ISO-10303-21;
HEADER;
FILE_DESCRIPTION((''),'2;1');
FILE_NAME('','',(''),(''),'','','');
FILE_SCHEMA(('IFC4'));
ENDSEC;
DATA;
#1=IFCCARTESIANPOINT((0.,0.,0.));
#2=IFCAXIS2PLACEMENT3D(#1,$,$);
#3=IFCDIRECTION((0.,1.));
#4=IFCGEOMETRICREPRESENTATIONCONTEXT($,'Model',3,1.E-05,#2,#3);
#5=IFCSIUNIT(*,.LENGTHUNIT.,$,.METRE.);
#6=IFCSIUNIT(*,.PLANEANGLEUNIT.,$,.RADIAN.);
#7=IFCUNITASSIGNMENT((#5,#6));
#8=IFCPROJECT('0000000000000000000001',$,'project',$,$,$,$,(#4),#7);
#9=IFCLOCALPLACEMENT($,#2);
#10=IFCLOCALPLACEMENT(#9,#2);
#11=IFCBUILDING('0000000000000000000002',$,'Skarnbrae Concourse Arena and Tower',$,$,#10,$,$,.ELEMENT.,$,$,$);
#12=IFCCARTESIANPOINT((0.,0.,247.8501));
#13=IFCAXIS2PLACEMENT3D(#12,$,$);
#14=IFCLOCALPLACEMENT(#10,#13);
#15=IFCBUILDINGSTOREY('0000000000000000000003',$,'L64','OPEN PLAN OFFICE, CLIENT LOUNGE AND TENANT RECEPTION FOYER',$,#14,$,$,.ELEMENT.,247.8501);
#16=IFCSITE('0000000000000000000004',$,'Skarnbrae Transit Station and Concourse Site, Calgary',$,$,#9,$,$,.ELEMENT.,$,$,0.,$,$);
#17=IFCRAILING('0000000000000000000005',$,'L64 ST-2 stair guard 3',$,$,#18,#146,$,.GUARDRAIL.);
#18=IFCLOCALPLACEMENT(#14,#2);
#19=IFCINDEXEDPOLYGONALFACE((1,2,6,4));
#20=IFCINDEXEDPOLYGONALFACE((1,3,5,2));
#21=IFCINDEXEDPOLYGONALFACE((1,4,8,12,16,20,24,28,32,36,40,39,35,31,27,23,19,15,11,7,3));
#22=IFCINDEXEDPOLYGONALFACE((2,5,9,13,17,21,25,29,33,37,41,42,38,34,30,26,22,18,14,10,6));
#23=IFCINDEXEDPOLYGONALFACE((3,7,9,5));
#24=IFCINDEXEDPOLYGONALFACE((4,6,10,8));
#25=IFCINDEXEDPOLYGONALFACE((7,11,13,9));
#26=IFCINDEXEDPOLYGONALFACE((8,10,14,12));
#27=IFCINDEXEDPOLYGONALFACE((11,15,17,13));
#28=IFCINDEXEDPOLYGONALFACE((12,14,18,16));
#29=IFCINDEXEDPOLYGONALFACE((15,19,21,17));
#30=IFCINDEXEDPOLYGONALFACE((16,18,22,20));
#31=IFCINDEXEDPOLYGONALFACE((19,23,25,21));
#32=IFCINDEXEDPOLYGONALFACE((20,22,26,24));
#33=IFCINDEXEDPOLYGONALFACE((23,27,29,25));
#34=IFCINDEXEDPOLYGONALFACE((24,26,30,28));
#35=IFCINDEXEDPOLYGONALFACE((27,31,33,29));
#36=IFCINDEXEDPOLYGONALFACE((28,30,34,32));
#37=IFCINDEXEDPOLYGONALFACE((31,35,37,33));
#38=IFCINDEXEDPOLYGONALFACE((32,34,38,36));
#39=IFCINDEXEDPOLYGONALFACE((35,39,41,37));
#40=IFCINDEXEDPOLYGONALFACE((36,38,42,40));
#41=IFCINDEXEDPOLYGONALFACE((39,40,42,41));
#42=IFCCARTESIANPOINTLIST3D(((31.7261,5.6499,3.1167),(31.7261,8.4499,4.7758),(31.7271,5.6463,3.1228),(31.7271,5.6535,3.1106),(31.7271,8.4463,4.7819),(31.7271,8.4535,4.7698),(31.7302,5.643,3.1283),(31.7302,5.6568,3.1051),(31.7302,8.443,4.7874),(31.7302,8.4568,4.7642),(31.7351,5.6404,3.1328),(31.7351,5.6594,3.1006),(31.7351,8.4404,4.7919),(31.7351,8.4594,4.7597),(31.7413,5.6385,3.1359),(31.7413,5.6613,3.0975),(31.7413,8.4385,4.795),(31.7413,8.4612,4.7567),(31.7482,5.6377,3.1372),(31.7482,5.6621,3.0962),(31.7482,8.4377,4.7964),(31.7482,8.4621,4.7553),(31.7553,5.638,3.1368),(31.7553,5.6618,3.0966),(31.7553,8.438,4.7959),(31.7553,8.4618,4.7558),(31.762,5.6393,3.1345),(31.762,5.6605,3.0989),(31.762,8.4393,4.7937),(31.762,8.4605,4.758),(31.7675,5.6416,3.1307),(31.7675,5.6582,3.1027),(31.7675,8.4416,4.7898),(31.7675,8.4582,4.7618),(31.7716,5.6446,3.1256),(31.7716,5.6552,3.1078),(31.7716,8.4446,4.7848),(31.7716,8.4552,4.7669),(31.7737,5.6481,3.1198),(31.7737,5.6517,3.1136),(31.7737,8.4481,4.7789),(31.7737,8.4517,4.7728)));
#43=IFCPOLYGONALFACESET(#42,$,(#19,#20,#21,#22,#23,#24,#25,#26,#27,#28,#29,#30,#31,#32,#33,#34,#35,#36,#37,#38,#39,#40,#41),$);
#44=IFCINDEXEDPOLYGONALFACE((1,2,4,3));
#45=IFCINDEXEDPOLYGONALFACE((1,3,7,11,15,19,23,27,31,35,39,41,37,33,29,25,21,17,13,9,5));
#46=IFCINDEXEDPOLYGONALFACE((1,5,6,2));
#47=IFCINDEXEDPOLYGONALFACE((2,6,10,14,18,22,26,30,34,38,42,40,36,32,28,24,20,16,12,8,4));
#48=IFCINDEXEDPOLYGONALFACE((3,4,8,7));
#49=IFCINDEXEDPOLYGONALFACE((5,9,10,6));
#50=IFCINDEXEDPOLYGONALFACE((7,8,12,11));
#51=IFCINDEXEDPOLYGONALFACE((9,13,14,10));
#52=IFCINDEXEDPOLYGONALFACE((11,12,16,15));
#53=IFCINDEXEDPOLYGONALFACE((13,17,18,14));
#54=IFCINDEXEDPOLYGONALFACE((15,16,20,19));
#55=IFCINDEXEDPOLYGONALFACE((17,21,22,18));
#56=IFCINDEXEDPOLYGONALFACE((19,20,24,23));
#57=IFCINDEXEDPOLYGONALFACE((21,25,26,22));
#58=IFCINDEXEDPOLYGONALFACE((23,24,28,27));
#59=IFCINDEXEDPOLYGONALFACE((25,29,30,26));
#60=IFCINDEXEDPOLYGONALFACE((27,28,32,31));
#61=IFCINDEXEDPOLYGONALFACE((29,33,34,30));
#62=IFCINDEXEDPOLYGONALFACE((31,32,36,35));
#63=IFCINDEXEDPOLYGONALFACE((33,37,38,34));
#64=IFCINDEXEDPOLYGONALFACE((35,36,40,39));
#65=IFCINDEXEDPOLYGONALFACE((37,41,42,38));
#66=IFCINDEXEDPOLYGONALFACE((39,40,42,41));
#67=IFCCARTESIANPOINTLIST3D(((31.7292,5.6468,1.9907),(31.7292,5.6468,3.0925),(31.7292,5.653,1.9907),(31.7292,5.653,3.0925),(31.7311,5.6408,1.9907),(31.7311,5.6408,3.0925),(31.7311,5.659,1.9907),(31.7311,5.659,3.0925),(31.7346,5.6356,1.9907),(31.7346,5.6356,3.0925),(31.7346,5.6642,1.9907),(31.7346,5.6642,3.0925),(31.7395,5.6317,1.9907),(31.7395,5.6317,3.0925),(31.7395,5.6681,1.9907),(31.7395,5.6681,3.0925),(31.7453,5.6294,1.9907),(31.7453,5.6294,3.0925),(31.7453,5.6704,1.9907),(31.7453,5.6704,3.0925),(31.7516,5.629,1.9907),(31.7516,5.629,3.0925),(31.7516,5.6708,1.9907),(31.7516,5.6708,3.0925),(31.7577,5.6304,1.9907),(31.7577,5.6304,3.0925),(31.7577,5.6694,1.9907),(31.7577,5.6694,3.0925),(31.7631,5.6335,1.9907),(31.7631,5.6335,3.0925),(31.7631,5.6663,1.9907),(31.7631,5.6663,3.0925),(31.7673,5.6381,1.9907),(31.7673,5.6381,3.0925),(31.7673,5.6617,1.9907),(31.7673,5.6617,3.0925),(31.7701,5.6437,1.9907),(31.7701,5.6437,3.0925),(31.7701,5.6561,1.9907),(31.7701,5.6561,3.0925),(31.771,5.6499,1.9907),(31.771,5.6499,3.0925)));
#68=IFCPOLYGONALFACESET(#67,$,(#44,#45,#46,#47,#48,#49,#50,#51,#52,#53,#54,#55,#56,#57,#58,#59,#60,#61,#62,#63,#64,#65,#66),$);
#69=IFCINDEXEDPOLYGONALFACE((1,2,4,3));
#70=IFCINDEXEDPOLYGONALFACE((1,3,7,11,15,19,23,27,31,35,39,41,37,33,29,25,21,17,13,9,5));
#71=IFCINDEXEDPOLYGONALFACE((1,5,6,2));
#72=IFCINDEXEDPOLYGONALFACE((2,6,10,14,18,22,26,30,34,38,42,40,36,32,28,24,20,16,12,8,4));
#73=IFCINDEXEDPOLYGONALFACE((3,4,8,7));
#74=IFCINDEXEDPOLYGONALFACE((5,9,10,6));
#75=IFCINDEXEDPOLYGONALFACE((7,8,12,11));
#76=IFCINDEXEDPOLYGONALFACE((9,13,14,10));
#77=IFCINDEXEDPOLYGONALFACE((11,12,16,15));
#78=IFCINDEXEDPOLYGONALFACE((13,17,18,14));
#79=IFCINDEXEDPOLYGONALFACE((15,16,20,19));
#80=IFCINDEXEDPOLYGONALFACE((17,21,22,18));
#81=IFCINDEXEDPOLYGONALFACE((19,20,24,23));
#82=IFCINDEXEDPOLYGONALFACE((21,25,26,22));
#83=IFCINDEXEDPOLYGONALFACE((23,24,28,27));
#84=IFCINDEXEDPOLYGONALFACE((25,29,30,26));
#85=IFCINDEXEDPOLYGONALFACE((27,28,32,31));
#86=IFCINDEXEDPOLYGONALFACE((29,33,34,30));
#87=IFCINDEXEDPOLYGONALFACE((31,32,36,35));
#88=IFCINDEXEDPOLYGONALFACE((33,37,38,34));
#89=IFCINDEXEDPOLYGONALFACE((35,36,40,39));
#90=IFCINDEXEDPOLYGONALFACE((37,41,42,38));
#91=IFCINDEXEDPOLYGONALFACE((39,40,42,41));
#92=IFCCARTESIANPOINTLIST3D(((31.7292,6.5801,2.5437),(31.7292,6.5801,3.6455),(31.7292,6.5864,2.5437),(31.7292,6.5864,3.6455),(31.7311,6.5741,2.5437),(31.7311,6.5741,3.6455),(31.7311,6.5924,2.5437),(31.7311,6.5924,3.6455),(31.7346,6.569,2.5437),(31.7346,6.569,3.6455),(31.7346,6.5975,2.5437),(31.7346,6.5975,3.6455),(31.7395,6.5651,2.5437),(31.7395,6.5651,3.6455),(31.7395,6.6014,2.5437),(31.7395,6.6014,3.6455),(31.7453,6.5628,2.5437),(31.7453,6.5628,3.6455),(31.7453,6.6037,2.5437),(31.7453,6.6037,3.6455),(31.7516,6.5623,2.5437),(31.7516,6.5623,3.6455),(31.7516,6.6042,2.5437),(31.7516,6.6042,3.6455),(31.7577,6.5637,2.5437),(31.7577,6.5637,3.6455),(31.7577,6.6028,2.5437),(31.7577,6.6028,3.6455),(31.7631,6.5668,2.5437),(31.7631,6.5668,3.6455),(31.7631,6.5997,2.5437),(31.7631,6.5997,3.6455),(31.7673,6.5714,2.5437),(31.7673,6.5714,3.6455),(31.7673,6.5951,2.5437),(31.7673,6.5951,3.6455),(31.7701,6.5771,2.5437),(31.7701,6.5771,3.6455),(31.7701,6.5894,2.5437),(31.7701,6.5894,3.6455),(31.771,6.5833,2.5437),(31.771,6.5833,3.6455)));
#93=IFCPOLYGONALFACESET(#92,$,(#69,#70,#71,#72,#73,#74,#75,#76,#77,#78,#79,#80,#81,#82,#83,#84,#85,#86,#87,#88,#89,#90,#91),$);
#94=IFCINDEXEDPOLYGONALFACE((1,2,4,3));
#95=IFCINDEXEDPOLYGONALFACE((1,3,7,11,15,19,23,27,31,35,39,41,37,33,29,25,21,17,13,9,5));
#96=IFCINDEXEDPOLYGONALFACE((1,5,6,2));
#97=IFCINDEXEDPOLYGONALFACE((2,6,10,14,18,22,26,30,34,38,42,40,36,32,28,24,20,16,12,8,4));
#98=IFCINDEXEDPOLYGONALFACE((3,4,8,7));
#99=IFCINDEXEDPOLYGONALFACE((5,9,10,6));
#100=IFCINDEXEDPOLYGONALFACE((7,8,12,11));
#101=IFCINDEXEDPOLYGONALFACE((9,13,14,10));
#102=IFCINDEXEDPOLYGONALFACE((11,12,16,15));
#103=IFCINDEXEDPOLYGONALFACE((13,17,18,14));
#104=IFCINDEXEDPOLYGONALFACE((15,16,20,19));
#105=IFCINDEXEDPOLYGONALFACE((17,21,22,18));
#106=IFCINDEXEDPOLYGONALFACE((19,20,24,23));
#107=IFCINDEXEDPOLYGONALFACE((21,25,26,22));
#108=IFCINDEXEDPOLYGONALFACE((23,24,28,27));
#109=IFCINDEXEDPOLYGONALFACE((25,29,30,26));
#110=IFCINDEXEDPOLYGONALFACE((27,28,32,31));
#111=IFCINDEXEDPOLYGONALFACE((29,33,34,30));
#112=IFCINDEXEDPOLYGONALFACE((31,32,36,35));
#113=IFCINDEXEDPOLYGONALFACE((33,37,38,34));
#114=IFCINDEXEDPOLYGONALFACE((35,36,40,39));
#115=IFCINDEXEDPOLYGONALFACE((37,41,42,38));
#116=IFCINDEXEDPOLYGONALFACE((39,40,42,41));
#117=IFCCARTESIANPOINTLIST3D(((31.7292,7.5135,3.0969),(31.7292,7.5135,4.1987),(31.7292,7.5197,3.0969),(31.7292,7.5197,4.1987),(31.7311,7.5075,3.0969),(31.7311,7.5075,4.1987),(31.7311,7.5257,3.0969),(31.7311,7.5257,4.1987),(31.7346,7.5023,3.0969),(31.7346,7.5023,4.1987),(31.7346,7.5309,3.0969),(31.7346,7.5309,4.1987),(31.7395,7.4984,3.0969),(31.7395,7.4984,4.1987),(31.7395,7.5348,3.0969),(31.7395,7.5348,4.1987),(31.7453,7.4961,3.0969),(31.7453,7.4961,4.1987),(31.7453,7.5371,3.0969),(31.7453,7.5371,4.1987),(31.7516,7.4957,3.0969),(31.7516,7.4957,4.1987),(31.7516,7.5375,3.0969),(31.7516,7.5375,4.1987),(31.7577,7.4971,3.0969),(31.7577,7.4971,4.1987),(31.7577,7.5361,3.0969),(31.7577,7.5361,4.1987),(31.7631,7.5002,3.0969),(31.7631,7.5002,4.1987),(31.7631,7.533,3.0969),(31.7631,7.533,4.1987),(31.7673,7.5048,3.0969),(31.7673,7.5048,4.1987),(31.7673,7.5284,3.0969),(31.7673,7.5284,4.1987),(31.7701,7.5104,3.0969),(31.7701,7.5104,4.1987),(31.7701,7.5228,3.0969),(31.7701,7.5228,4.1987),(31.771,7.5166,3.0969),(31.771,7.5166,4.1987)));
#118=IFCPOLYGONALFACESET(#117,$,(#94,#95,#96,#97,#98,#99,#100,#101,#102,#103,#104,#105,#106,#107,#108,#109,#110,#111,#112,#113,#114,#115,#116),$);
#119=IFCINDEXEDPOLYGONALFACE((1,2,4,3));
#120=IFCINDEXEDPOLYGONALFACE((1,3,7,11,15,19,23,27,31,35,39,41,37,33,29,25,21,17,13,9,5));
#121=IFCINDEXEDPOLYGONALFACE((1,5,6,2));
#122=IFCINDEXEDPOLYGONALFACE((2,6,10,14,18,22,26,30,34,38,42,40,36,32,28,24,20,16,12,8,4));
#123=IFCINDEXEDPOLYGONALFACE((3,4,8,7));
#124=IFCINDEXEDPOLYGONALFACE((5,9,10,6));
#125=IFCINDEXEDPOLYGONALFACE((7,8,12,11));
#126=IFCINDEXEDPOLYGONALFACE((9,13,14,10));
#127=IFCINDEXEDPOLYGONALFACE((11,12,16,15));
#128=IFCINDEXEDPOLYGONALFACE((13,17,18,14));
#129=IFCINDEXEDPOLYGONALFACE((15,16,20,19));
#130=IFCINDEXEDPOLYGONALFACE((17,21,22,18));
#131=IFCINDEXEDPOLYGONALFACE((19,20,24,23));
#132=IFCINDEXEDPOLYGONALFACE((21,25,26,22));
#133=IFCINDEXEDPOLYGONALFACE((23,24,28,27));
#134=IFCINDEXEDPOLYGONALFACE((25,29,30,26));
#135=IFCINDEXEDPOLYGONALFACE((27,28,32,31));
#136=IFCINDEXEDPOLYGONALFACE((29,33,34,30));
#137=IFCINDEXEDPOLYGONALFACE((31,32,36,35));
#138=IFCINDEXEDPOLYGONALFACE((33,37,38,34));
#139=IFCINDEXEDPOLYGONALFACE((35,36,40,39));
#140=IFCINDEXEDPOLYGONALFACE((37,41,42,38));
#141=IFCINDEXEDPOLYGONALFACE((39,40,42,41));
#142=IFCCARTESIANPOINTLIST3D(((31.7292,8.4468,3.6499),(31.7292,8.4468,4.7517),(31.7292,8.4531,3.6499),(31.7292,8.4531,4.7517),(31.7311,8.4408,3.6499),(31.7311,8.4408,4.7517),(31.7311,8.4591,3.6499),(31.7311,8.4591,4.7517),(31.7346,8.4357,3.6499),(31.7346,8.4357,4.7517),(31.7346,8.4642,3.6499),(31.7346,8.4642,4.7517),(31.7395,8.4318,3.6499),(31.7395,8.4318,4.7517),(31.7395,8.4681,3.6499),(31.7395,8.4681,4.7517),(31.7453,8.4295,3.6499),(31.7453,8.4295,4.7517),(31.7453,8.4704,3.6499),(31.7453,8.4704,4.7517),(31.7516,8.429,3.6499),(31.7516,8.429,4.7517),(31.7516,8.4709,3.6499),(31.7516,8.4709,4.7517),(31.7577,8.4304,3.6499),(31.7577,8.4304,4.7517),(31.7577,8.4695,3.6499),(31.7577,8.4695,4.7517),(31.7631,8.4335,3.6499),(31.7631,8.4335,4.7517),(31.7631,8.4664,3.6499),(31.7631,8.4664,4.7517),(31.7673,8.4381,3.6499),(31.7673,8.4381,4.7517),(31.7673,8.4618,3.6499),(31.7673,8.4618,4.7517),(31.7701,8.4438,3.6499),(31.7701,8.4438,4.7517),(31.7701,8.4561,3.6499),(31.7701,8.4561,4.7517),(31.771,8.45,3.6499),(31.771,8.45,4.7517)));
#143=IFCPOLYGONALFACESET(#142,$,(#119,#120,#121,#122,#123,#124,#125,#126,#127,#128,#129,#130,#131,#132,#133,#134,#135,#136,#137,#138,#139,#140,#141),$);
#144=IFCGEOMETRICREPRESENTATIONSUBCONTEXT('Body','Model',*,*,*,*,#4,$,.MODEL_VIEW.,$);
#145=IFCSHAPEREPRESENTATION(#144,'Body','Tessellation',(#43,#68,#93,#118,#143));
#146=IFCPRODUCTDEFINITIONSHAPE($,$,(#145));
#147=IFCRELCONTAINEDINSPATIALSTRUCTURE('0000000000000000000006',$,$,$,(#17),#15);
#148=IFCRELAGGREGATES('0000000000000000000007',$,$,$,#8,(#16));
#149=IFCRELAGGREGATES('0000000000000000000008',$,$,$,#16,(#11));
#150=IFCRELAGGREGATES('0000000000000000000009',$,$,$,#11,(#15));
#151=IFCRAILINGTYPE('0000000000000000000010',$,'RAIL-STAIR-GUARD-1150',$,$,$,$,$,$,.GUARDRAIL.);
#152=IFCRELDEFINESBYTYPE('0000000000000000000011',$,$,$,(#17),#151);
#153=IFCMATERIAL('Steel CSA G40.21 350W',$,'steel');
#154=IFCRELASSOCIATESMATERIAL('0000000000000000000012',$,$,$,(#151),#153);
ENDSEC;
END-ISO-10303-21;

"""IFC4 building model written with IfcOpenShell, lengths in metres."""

from ifc_helpers import new_model, si_unit, direction, frame, origin, origin_2d, place, context, subcontext, project, spatial, circle, extrude, material, type_object, element, save


model = new_model("IFC4")

# Units and contexts
model_context = context("Model", 3, precision=1e-05, world=origin(), true_north=direction((0.0, 1.0)))
body_context = subcontext(model_context, "Body", "Model", "MODEL_VIEW")
ifc_project = project(units=[si_unit("LENGTHUNIT", "METRE"), si_unit("PLANEANGLEUNIT", "RADIAN")], contexts=[model_context])

# Site, building, storey
site_placement = place(None, origin())
site = spatial("IfcSite", under=ifc_project, at=site_placement, Name="Skarnbrae Transit Station and Concourse Site, Calgary", CompositionType="ELEMENT", RefElevation=0.0)
building_placement = place(site_placement, origin())
building = spatial("IfcBuilding", under=site, at=building_placement, Name="Skarnbrae Concourse Arena and Tower", CompositionType="ELEMENT")
storey_placement = place(building_placement, frame((0.0, 0.0, 247.8501)))
storey = spatial("IfcBuildingStorey", under=building, at=storey_placement, Name="L64", Description="OPEN PLAN OFFICE, CLIENT LOUNGE AND TENANT RECEPTION FOYER", CompositionType="ELEMENT", Elevation=247.8501)

# Shared definitions
ifc_material_1 = material(Name="Steel CSA G40.21 350W", Category="steel")

# Railing
railing_type_1 = type_object("IfcRailingType", Name="RAIL-STAIR-GUARD-1150", PredefinedType="GUARDRAIL", material=ifc_material_1)
railing_1_placement = place(storey_placement, frame((31.75, 5.6499, 1.9907)))
element("IfcRailing", 1, at=railing_1_placement, inside=storey, type_object=railing_type_1, Name="L64 ST-2 stair guard 3", PredefinedType="GUARDRAIL", context=body_context, shape_type="SweptSolid", body=[
    extrude(circle(Radius=0.0239, at=origin_2d()), frame((0.0, 0.0, 1.126), z_axis=(0.0, 0.860306, 0.509778), x_axis=(-1.0, 0.0, 0.0)), (0.0, 0.0, 1.0), 3.2546),
    extrude(circle(Radius=0.021, at=origin_2d()), origin(), (0.0, 0.0, 1.0), 1.1018),
    extrude(circle(Radius=0.021, at=origin_2d()), frame((0.0, 0.9333, 0.553)), (0.0, 0.0, 1.0), 1.1018),
    extrude(circle(Radius=0.021, at=origin_2d()), frame((0.0, 1.8667, 1.1062)), (0.0, 0.0, 1.0), 1.1018),
    extrude(circle(Radius=0.021, at=origin_2d()), frame((0.0, 2.8, 1.6592)), (0.0, 0.0, 1.0), 1.1018),
])

save(model, "model.ifc")
